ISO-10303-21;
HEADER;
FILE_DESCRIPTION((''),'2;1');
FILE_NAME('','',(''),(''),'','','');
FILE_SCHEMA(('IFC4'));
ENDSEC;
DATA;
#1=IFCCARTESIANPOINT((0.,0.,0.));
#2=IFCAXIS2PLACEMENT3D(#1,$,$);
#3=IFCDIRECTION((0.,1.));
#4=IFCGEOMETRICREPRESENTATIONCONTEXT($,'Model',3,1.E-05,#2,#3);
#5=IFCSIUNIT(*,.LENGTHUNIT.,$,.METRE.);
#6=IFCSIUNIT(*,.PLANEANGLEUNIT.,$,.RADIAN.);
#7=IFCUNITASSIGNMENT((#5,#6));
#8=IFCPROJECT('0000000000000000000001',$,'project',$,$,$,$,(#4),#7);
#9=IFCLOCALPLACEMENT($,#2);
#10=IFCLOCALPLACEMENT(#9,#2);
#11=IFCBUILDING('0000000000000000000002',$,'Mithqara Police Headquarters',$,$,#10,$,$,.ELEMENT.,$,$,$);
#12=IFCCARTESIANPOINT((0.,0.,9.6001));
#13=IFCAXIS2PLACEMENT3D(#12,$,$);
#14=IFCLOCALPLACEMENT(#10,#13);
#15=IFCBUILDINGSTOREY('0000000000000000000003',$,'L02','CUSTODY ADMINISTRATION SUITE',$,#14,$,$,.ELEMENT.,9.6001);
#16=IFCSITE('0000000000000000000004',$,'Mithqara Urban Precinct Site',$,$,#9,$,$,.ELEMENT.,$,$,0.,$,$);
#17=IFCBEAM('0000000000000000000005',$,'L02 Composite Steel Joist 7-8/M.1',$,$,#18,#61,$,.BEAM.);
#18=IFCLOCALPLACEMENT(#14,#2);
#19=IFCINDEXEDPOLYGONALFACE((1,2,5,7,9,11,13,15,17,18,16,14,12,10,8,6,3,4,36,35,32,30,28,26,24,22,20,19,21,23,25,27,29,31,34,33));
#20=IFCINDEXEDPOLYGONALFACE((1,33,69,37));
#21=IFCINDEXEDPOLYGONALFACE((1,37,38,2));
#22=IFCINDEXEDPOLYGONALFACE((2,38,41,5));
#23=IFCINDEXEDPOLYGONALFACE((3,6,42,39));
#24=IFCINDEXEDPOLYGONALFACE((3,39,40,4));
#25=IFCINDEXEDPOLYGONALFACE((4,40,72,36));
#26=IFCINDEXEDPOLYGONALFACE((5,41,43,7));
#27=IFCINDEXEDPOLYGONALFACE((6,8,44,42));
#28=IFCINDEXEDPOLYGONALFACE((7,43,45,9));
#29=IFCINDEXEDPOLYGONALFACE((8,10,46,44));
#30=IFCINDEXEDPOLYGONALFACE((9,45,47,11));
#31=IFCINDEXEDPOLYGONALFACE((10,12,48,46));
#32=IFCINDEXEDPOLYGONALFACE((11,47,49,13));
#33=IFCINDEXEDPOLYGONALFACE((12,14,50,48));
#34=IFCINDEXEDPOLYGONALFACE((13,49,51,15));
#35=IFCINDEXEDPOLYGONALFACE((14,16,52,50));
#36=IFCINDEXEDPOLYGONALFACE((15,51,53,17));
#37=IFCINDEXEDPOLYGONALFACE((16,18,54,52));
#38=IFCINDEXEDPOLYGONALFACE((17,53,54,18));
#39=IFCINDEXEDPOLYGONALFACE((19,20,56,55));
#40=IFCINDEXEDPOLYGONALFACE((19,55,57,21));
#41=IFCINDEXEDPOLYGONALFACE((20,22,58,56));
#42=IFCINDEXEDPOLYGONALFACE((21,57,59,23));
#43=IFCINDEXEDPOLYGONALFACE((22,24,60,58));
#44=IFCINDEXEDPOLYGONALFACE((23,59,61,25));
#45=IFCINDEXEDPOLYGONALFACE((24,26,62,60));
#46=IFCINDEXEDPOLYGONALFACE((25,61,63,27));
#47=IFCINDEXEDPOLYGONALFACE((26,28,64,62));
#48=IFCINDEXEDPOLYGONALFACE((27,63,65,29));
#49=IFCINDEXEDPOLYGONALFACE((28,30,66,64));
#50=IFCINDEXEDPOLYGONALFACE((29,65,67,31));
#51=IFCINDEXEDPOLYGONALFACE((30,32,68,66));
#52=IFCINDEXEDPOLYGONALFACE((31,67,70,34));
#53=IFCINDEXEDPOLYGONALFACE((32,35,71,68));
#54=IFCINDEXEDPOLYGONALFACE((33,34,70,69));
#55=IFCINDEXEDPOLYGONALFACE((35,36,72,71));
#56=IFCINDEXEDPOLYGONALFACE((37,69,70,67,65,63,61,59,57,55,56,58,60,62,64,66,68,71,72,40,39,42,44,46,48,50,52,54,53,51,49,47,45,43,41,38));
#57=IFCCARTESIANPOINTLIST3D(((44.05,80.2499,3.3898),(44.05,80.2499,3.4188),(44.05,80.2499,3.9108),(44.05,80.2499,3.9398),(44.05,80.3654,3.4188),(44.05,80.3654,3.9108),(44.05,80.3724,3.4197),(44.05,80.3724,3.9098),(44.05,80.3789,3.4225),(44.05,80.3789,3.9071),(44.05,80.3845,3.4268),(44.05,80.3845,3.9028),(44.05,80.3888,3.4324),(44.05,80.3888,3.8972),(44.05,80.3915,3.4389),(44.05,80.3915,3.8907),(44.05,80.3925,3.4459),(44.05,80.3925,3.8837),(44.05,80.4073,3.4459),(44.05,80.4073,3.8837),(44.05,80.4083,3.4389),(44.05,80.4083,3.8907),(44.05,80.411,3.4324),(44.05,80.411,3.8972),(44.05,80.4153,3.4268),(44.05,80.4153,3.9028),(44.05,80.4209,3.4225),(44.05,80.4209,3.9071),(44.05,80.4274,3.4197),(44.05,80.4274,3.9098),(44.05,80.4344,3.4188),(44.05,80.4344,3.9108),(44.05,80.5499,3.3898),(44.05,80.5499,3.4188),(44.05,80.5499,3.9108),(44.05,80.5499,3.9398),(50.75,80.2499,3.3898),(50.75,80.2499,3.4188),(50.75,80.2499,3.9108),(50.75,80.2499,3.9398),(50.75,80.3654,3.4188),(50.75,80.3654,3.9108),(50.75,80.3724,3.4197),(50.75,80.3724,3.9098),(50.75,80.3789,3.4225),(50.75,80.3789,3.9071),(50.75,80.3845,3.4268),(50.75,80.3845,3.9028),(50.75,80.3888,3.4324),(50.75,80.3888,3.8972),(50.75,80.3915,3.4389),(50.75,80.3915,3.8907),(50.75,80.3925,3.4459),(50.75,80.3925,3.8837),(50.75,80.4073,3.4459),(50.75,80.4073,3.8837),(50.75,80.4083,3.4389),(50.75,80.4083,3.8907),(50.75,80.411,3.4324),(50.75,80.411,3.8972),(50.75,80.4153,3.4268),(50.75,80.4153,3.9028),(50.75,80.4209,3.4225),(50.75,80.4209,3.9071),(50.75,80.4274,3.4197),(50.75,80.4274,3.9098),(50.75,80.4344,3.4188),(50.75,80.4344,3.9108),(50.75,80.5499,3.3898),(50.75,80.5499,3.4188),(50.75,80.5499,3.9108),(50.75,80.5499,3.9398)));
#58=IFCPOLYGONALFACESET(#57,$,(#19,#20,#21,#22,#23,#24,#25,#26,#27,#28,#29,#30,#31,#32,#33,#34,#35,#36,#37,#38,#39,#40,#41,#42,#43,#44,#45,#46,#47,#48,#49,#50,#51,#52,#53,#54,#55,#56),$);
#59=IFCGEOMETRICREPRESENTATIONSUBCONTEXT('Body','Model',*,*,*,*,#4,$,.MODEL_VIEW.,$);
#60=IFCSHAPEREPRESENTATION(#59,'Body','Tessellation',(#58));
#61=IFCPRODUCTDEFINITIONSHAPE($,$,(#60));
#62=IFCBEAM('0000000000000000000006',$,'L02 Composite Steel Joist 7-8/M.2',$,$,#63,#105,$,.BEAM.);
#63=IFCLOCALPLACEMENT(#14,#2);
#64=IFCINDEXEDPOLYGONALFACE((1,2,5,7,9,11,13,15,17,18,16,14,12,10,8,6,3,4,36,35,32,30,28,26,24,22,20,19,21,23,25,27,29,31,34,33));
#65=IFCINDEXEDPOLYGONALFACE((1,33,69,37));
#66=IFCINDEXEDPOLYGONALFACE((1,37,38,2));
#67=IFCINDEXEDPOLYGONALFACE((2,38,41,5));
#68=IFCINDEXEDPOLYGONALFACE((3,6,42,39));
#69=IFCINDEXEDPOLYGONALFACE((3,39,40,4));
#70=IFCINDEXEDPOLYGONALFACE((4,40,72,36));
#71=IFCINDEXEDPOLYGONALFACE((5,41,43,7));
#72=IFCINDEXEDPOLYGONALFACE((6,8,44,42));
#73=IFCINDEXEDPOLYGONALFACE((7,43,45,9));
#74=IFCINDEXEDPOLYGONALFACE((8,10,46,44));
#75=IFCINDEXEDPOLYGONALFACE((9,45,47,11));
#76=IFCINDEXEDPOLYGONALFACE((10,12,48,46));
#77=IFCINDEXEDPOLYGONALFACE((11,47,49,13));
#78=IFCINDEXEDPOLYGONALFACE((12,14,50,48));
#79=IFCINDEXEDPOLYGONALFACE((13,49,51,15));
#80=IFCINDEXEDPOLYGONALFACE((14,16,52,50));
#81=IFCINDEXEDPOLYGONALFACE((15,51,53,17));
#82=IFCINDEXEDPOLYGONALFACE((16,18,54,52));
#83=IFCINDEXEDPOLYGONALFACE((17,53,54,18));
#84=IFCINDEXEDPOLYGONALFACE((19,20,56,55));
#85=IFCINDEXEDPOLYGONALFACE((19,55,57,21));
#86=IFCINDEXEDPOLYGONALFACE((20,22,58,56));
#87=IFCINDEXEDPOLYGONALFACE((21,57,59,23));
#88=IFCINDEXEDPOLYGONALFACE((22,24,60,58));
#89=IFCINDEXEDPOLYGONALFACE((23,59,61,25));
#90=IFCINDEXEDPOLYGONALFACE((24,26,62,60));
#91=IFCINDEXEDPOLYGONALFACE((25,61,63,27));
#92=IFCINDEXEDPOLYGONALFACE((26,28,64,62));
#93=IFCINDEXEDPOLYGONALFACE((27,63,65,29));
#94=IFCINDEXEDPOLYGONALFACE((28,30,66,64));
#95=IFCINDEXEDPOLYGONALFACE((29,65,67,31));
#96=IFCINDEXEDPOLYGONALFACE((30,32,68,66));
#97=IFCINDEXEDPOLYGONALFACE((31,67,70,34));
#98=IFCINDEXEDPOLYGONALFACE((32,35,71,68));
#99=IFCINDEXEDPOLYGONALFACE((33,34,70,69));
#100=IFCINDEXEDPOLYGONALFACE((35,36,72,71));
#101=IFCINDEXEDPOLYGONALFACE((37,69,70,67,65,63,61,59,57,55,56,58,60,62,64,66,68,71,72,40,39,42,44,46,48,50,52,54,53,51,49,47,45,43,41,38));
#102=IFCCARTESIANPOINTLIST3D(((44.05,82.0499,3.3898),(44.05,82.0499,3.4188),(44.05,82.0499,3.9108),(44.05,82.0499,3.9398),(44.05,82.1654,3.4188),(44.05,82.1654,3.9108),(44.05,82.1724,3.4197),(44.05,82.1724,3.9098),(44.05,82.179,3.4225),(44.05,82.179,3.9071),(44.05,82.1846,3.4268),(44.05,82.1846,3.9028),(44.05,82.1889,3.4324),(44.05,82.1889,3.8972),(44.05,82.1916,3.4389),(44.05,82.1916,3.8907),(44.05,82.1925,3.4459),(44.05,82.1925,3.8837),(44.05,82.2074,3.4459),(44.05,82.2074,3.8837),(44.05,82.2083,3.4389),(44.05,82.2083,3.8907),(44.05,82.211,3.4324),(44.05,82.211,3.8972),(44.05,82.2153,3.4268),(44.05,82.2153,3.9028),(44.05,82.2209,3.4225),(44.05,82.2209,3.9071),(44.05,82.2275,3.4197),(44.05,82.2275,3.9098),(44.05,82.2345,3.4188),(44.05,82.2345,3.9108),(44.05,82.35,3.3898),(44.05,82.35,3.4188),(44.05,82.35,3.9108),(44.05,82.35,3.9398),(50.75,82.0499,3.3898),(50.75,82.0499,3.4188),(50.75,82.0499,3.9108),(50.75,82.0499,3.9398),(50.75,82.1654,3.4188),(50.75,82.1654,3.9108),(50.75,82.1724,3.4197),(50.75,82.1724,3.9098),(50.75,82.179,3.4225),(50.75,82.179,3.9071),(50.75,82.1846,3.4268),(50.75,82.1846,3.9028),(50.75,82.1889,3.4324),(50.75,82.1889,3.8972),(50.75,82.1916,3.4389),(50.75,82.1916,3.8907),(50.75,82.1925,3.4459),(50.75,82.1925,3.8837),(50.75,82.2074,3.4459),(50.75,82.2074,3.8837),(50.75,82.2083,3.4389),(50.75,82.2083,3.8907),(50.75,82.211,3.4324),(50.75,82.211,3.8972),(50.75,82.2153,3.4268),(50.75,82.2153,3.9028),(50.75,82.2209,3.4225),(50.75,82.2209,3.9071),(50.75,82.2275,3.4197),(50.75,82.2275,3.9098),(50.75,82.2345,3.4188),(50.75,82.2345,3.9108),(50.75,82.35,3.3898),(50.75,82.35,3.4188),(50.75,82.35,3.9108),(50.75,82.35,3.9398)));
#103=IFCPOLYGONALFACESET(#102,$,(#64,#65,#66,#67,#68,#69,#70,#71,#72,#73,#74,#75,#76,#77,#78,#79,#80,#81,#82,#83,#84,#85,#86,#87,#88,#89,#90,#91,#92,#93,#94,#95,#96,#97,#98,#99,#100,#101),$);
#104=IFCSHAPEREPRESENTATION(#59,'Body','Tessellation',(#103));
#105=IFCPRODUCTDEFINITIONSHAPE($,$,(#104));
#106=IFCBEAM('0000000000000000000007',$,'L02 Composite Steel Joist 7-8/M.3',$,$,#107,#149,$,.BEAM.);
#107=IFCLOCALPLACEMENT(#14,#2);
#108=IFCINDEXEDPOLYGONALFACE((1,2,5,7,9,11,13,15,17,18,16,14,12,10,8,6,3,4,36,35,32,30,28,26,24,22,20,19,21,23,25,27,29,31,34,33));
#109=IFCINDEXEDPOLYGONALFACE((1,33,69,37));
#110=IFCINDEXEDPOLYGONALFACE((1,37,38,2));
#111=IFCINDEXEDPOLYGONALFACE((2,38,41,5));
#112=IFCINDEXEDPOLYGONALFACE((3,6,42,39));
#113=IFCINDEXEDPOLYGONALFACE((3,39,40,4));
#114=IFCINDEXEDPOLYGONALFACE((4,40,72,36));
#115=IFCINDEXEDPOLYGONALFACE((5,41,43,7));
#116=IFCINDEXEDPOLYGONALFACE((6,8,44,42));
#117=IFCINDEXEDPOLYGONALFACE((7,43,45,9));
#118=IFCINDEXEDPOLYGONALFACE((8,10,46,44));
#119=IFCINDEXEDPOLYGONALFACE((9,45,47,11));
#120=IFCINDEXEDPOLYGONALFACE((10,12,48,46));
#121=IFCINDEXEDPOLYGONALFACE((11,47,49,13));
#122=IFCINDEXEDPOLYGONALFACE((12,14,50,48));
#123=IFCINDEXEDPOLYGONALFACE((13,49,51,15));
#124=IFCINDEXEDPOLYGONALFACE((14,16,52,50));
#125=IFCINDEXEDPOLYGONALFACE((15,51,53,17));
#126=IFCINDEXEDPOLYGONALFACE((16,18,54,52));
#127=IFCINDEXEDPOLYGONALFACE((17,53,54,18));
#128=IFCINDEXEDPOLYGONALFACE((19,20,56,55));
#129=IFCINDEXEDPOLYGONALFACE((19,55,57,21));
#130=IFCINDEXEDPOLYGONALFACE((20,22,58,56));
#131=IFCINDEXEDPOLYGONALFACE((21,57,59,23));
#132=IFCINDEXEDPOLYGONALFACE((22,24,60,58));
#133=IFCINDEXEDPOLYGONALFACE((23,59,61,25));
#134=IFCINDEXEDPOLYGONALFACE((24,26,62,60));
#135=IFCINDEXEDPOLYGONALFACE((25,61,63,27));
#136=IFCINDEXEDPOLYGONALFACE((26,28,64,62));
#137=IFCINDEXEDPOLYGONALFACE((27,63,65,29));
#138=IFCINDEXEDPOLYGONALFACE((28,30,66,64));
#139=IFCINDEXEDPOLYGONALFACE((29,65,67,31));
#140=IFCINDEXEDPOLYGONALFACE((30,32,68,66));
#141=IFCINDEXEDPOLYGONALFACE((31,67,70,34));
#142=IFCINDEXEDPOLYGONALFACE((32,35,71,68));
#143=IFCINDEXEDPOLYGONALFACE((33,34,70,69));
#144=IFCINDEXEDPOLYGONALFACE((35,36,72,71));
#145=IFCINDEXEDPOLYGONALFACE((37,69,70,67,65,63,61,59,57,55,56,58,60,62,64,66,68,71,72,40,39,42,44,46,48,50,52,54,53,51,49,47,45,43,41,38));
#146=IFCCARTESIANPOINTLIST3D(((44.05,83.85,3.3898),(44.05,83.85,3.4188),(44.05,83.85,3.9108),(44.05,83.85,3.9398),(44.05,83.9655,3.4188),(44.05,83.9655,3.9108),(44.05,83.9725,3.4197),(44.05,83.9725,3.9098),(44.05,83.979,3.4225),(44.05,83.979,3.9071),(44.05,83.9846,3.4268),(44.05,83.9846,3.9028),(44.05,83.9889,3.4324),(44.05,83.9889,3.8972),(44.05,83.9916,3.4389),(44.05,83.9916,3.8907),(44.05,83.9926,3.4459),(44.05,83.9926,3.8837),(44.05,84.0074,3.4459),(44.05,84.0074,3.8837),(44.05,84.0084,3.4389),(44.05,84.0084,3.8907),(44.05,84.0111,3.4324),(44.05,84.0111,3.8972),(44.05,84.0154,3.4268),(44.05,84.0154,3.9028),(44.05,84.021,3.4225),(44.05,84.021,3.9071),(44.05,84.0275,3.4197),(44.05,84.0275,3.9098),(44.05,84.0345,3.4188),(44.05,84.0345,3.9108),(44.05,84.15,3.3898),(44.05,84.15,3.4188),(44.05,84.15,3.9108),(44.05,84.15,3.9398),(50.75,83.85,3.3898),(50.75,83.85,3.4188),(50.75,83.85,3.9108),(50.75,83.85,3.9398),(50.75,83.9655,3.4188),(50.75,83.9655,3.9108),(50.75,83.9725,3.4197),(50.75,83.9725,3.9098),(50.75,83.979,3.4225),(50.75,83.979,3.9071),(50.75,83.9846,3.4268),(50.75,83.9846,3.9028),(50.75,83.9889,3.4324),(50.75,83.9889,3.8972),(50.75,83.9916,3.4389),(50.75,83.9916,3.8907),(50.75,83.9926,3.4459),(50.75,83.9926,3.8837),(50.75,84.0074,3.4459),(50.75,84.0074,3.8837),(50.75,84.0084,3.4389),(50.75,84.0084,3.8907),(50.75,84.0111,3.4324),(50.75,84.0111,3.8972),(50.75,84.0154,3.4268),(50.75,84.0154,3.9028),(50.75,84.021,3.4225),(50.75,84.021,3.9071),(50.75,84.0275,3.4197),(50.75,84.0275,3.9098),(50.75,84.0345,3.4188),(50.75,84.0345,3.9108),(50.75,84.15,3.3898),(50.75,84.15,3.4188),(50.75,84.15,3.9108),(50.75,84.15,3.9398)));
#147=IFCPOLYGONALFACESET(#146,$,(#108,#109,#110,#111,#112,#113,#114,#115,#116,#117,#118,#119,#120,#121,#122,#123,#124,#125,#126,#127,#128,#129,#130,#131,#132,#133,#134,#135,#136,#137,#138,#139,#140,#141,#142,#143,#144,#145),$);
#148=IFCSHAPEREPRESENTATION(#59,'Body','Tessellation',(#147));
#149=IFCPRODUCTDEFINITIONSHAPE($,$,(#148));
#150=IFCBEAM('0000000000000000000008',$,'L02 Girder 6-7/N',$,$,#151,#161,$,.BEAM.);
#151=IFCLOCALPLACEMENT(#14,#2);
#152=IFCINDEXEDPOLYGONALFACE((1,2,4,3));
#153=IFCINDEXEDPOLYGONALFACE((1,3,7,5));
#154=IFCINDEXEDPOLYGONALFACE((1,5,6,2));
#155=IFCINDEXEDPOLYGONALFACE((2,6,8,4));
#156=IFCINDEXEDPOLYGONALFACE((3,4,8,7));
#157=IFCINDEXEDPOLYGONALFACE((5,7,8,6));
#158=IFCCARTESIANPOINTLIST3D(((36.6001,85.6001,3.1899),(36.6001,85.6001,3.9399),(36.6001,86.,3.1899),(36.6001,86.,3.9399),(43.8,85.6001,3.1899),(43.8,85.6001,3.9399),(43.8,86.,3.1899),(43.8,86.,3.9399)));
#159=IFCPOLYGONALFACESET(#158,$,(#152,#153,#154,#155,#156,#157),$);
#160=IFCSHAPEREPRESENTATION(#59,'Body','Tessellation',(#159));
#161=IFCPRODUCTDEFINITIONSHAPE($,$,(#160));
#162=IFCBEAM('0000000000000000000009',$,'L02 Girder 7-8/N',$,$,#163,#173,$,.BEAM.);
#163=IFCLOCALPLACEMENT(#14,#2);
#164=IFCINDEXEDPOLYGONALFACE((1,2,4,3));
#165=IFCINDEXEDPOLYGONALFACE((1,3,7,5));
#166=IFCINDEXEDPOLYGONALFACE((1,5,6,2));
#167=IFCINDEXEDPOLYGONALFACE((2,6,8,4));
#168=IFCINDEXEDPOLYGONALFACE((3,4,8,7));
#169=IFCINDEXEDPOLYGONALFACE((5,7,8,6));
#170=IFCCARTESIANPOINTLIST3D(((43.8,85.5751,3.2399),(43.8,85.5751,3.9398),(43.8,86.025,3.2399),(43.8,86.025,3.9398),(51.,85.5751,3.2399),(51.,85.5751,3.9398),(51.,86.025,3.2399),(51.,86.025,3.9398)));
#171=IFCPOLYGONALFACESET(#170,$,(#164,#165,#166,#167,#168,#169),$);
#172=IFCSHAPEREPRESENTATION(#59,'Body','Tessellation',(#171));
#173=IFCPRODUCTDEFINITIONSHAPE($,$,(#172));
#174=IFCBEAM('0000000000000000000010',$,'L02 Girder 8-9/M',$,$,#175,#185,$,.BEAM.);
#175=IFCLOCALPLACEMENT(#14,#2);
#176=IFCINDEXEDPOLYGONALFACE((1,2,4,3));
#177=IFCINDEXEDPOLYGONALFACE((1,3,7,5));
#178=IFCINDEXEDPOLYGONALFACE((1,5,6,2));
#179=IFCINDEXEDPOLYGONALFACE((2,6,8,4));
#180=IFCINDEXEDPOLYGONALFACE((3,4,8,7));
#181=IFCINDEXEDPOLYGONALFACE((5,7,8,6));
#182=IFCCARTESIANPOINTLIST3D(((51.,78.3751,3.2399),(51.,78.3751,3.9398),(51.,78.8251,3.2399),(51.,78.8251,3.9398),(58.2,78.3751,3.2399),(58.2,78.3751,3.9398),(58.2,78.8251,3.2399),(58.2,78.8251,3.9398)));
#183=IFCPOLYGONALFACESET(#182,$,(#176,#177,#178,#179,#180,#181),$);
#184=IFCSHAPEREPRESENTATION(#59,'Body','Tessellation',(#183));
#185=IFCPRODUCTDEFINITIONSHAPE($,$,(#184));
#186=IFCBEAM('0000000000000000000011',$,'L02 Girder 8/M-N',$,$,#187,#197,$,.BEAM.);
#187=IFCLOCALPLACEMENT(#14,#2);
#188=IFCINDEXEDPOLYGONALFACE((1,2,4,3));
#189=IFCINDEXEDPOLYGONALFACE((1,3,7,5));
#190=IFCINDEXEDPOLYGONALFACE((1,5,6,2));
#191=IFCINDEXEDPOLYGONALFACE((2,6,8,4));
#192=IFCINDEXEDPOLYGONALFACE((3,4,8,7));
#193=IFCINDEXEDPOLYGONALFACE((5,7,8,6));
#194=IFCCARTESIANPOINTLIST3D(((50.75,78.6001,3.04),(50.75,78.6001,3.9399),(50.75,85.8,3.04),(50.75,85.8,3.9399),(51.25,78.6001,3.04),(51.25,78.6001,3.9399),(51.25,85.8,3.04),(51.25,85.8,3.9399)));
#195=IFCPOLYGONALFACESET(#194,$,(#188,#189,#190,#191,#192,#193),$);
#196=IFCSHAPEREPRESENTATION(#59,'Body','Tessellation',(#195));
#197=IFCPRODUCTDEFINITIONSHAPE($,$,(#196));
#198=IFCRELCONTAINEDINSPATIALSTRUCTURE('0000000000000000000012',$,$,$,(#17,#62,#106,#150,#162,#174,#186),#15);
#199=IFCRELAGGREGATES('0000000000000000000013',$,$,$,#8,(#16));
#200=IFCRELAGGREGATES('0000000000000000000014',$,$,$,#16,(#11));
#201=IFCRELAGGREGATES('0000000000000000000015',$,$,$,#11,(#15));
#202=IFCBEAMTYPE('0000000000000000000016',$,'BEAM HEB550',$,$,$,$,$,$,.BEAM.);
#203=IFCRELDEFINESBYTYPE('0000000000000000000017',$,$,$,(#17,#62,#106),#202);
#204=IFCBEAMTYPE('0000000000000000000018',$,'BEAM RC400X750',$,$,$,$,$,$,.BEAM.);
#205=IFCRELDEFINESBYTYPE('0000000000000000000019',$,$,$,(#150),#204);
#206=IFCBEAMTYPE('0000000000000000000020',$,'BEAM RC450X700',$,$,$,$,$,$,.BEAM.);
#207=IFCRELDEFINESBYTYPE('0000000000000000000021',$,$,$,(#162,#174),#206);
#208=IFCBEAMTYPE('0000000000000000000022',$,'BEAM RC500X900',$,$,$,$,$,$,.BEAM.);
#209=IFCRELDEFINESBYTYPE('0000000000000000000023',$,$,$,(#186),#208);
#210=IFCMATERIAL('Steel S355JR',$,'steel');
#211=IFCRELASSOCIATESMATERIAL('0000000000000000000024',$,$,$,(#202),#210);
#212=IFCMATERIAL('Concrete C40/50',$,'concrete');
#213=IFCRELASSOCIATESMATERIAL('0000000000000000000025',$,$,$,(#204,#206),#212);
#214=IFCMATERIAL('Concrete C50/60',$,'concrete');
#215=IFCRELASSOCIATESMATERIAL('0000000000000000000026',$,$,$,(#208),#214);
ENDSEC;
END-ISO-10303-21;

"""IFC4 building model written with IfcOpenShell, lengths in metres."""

from ifc_helpers import new_model, si_unit, direction, frame, origin, origin_2d, place, context, subcontext, project, spatial, rectangle, i_section, extrude, material, material_profile, profile_set, type_object, element, save


model = new_model("IFC4")

# Units and contexts
model_context = context("Model", 3, precision=1e-05, world=origin(), true_north=direction((0.0, 1.0)))
body_context = subcontext(model_context, "Body", "Model", "MODEL_VIEW")
ifc_project = project(units=[si_unit("LENGTHUNIT", "METRE"), si_unit("PLANEANGLEUNIT", "RADIAN")], contexts=[model_context])

# Site, building, storey
site_placement = place(None, origin())
site = spatial("IfcSite", under=ifc_project, at=site_placement, Name="Mithqara Urban Precinct Site", CompositionType="ELEMENT", RefElevation=0.0)
building_placement = place(site_placement, origin())
building = spatial("IfcBuilding", under=site, at=building_placement, Name="Mithqara Police Headquarters", CompositionType="ELEMENT")
storey_placement = place(building_placement, frame((0.0, 0.0, 9.6001)))
storey = spatial("IfcBuildingStorey", under=building, at=storey_placement, Name="L02", Description="CUSTODY ADMINISTRATION SUITE", CompositionType="ELEMENT", Elevation=9.6001)

# Shared definitions
ifc_material_1 = material(Name="Concrete C50/60", Category="concrete")

# Beams
ifc_material_2 = material(Name="Steel S355JR", Category="steel")
ifc_material_profile_1 = material_profile(ifc_material_2, i_section(OverallWidth=0.3, OverallDepth=0.55, WebThickness=0.0149, FlangeThickness=0.0291, FilletRadius=0.0271, at=origin_2d()), Name="HEB 550")
ifc_profile_set_1 = profile_set([ifc_material_profile_1], Name="Steel S355JR")
beam_type_1 = type_object("IfcBeamType", Name="BEAM HEB550", PredefinedType="BEAM", material=ifc_profile_set_1)
for number, where, z_axis, x_axis, name in (
    (1, (44.05, 80.3999, 3.6648), (1.0, 0.0, 0.0), (0.0, 1.0, 0.0), "L02 Composite Steel Joist 7-8/M.1"),
    (2, (44.05, 82.2, 3.6648), (1.0, 0.0, 0.0), (0.0, 1.0, 0.0), "L02 Composite Steel Joist 7-8/M.2"),
    (3, (44.05, 84.0, 3.6648), (1.0, 0.0, 0.0), (0.0, 1.0, 0.0), "L02 Composite Steel Joist 7-8/M.3"),
):
    element("IfcBeam", number, at=place(storey_placement, frame(where, z_axis=z_axis, x_axis=x_axis)), inside=storey, type_object=beam_type_1, Name=name, PredefinedType="BEAM", context=body_context, shape_type="SweptSolid", body=[
        extrude(i_section(OverallWidth=0.3, OverallDepth=0.55, WebThickness=0.0149, FlangeThickness=0.0291, FilletRadius=0.0271, at=origin_2d()), origin(), (0.0, 0.0, 1.0), 6.7),
    ])
ifc_material_3 = material(Name="Concrete C40/50", Category="concrete")
ifc_material_profile_2 = material_profile(ifc_material_3, rectangle(XDim=0.3999, YDim=0.75, at=origin_2d()), Name="RC 400x750")
ifc_profile_set_2 = profile_set([ifc_material_profile_2], Name="Concrete C40/50")
beam_type_2 = type_object("IfcBeamType", Name="BEAM RC400X750", PredefinedType="BEAM", material=ifc_profile_set_2)
beam_1_placement = place(storey_placement, frame((36.6001, 85.8, 3.5649), z_axis=(1.0, 0.0, 0.0), x_axis=(0.0, 1.0, 0.0)))
element("IfcBeam", 4, at=beam_1_placement, inside=storey, type_object=beam_type_2, Name="L02 Girder 6-7/N", PredefinedType="BEAM", context=body_context, shape_type="SweptSolid", body=[
    extrude(rectangle(XDim=0.3999, YDim=0.75, at=origin_2d()), origin(), (0.0, 0.0, 1.0), 7.2),
])
ifc_material_profile_3 = material_profile(ifc_material_3, rectangle(XDim=0.45, YDim=0.7, at=origin_2d()), Name="RC 450x700")
ifc_profile_set_3 = profile_set([ifc_material_profile_3], Name="Concrete C40/50")
beam_type_3 = type_object("IfcBeamType", Name="BEAM RC450X700", PredefinedType="BEAM", material=ifc_profile_set_3)
for number, where, z_axis, x_axis, name in (
    (5, (43.8, 85.8, 3.5898), (1.0, 0.0, 0.0), (0.0, 1.0, 0.0), "L02 Girder 7-8/N"),
    (6, (51.0, 78.6001, 3.5898), (1.0, 0.0, 0.0), (0.0, 1.0, 0.0), "L02 Girder 8-9/M"),
):
    element("IfcBeam", number, at=place(storey_placement, frame(where, z_axis=z_axis, x_axis=x_axis)), inside=storey, type_object=beam_type_3, Name=name, PredefinedType="BEAM", context=body_context, shape_type="SweptSolid", body=[
        extrude(rectangle(XDim=0.45, YDim=0.7, at=origin_2d()), origin(), (0.0, 0.0, 1.0), 7.2),
    ])
ifc_material_profile_4 = material_profile(ifc_material_1, rectangle(XDim=0.5, YDim=0.8999, at=origin_2d()), Name="RC 500x900")
ifc_profile_set_4 = profile_set([ifc_material_profile_4], Name="Concrete C50/60")
beam_type_4 = type_object("IfcBeamType", Name="BEAM RC500X900", PredefinedType="BEAM", material=ifc_profile_set_4)
beam_2_placement = place(storey_placement, frame((51.0, 78.6001, 3.49), z_axis=(0.0, 1.0, 0.0), x_axis=(-1.0, 0.0, 0.0)))
element("IfcBeam", 7, at=beam_2_placement, inside=storey, type_object=beam_type_4, Name="L02 Girder 8/M-N", PredefinedType="BEAM", context=body_context, shape_type="SweptSolid", body=[
    extrude(rectangle(XDim=0.5, YDim=0.8999, at=origin_2d()), origin(), (0.0, 0.0, 1.0), 7.2),
])

save(model, "model.ifc")
